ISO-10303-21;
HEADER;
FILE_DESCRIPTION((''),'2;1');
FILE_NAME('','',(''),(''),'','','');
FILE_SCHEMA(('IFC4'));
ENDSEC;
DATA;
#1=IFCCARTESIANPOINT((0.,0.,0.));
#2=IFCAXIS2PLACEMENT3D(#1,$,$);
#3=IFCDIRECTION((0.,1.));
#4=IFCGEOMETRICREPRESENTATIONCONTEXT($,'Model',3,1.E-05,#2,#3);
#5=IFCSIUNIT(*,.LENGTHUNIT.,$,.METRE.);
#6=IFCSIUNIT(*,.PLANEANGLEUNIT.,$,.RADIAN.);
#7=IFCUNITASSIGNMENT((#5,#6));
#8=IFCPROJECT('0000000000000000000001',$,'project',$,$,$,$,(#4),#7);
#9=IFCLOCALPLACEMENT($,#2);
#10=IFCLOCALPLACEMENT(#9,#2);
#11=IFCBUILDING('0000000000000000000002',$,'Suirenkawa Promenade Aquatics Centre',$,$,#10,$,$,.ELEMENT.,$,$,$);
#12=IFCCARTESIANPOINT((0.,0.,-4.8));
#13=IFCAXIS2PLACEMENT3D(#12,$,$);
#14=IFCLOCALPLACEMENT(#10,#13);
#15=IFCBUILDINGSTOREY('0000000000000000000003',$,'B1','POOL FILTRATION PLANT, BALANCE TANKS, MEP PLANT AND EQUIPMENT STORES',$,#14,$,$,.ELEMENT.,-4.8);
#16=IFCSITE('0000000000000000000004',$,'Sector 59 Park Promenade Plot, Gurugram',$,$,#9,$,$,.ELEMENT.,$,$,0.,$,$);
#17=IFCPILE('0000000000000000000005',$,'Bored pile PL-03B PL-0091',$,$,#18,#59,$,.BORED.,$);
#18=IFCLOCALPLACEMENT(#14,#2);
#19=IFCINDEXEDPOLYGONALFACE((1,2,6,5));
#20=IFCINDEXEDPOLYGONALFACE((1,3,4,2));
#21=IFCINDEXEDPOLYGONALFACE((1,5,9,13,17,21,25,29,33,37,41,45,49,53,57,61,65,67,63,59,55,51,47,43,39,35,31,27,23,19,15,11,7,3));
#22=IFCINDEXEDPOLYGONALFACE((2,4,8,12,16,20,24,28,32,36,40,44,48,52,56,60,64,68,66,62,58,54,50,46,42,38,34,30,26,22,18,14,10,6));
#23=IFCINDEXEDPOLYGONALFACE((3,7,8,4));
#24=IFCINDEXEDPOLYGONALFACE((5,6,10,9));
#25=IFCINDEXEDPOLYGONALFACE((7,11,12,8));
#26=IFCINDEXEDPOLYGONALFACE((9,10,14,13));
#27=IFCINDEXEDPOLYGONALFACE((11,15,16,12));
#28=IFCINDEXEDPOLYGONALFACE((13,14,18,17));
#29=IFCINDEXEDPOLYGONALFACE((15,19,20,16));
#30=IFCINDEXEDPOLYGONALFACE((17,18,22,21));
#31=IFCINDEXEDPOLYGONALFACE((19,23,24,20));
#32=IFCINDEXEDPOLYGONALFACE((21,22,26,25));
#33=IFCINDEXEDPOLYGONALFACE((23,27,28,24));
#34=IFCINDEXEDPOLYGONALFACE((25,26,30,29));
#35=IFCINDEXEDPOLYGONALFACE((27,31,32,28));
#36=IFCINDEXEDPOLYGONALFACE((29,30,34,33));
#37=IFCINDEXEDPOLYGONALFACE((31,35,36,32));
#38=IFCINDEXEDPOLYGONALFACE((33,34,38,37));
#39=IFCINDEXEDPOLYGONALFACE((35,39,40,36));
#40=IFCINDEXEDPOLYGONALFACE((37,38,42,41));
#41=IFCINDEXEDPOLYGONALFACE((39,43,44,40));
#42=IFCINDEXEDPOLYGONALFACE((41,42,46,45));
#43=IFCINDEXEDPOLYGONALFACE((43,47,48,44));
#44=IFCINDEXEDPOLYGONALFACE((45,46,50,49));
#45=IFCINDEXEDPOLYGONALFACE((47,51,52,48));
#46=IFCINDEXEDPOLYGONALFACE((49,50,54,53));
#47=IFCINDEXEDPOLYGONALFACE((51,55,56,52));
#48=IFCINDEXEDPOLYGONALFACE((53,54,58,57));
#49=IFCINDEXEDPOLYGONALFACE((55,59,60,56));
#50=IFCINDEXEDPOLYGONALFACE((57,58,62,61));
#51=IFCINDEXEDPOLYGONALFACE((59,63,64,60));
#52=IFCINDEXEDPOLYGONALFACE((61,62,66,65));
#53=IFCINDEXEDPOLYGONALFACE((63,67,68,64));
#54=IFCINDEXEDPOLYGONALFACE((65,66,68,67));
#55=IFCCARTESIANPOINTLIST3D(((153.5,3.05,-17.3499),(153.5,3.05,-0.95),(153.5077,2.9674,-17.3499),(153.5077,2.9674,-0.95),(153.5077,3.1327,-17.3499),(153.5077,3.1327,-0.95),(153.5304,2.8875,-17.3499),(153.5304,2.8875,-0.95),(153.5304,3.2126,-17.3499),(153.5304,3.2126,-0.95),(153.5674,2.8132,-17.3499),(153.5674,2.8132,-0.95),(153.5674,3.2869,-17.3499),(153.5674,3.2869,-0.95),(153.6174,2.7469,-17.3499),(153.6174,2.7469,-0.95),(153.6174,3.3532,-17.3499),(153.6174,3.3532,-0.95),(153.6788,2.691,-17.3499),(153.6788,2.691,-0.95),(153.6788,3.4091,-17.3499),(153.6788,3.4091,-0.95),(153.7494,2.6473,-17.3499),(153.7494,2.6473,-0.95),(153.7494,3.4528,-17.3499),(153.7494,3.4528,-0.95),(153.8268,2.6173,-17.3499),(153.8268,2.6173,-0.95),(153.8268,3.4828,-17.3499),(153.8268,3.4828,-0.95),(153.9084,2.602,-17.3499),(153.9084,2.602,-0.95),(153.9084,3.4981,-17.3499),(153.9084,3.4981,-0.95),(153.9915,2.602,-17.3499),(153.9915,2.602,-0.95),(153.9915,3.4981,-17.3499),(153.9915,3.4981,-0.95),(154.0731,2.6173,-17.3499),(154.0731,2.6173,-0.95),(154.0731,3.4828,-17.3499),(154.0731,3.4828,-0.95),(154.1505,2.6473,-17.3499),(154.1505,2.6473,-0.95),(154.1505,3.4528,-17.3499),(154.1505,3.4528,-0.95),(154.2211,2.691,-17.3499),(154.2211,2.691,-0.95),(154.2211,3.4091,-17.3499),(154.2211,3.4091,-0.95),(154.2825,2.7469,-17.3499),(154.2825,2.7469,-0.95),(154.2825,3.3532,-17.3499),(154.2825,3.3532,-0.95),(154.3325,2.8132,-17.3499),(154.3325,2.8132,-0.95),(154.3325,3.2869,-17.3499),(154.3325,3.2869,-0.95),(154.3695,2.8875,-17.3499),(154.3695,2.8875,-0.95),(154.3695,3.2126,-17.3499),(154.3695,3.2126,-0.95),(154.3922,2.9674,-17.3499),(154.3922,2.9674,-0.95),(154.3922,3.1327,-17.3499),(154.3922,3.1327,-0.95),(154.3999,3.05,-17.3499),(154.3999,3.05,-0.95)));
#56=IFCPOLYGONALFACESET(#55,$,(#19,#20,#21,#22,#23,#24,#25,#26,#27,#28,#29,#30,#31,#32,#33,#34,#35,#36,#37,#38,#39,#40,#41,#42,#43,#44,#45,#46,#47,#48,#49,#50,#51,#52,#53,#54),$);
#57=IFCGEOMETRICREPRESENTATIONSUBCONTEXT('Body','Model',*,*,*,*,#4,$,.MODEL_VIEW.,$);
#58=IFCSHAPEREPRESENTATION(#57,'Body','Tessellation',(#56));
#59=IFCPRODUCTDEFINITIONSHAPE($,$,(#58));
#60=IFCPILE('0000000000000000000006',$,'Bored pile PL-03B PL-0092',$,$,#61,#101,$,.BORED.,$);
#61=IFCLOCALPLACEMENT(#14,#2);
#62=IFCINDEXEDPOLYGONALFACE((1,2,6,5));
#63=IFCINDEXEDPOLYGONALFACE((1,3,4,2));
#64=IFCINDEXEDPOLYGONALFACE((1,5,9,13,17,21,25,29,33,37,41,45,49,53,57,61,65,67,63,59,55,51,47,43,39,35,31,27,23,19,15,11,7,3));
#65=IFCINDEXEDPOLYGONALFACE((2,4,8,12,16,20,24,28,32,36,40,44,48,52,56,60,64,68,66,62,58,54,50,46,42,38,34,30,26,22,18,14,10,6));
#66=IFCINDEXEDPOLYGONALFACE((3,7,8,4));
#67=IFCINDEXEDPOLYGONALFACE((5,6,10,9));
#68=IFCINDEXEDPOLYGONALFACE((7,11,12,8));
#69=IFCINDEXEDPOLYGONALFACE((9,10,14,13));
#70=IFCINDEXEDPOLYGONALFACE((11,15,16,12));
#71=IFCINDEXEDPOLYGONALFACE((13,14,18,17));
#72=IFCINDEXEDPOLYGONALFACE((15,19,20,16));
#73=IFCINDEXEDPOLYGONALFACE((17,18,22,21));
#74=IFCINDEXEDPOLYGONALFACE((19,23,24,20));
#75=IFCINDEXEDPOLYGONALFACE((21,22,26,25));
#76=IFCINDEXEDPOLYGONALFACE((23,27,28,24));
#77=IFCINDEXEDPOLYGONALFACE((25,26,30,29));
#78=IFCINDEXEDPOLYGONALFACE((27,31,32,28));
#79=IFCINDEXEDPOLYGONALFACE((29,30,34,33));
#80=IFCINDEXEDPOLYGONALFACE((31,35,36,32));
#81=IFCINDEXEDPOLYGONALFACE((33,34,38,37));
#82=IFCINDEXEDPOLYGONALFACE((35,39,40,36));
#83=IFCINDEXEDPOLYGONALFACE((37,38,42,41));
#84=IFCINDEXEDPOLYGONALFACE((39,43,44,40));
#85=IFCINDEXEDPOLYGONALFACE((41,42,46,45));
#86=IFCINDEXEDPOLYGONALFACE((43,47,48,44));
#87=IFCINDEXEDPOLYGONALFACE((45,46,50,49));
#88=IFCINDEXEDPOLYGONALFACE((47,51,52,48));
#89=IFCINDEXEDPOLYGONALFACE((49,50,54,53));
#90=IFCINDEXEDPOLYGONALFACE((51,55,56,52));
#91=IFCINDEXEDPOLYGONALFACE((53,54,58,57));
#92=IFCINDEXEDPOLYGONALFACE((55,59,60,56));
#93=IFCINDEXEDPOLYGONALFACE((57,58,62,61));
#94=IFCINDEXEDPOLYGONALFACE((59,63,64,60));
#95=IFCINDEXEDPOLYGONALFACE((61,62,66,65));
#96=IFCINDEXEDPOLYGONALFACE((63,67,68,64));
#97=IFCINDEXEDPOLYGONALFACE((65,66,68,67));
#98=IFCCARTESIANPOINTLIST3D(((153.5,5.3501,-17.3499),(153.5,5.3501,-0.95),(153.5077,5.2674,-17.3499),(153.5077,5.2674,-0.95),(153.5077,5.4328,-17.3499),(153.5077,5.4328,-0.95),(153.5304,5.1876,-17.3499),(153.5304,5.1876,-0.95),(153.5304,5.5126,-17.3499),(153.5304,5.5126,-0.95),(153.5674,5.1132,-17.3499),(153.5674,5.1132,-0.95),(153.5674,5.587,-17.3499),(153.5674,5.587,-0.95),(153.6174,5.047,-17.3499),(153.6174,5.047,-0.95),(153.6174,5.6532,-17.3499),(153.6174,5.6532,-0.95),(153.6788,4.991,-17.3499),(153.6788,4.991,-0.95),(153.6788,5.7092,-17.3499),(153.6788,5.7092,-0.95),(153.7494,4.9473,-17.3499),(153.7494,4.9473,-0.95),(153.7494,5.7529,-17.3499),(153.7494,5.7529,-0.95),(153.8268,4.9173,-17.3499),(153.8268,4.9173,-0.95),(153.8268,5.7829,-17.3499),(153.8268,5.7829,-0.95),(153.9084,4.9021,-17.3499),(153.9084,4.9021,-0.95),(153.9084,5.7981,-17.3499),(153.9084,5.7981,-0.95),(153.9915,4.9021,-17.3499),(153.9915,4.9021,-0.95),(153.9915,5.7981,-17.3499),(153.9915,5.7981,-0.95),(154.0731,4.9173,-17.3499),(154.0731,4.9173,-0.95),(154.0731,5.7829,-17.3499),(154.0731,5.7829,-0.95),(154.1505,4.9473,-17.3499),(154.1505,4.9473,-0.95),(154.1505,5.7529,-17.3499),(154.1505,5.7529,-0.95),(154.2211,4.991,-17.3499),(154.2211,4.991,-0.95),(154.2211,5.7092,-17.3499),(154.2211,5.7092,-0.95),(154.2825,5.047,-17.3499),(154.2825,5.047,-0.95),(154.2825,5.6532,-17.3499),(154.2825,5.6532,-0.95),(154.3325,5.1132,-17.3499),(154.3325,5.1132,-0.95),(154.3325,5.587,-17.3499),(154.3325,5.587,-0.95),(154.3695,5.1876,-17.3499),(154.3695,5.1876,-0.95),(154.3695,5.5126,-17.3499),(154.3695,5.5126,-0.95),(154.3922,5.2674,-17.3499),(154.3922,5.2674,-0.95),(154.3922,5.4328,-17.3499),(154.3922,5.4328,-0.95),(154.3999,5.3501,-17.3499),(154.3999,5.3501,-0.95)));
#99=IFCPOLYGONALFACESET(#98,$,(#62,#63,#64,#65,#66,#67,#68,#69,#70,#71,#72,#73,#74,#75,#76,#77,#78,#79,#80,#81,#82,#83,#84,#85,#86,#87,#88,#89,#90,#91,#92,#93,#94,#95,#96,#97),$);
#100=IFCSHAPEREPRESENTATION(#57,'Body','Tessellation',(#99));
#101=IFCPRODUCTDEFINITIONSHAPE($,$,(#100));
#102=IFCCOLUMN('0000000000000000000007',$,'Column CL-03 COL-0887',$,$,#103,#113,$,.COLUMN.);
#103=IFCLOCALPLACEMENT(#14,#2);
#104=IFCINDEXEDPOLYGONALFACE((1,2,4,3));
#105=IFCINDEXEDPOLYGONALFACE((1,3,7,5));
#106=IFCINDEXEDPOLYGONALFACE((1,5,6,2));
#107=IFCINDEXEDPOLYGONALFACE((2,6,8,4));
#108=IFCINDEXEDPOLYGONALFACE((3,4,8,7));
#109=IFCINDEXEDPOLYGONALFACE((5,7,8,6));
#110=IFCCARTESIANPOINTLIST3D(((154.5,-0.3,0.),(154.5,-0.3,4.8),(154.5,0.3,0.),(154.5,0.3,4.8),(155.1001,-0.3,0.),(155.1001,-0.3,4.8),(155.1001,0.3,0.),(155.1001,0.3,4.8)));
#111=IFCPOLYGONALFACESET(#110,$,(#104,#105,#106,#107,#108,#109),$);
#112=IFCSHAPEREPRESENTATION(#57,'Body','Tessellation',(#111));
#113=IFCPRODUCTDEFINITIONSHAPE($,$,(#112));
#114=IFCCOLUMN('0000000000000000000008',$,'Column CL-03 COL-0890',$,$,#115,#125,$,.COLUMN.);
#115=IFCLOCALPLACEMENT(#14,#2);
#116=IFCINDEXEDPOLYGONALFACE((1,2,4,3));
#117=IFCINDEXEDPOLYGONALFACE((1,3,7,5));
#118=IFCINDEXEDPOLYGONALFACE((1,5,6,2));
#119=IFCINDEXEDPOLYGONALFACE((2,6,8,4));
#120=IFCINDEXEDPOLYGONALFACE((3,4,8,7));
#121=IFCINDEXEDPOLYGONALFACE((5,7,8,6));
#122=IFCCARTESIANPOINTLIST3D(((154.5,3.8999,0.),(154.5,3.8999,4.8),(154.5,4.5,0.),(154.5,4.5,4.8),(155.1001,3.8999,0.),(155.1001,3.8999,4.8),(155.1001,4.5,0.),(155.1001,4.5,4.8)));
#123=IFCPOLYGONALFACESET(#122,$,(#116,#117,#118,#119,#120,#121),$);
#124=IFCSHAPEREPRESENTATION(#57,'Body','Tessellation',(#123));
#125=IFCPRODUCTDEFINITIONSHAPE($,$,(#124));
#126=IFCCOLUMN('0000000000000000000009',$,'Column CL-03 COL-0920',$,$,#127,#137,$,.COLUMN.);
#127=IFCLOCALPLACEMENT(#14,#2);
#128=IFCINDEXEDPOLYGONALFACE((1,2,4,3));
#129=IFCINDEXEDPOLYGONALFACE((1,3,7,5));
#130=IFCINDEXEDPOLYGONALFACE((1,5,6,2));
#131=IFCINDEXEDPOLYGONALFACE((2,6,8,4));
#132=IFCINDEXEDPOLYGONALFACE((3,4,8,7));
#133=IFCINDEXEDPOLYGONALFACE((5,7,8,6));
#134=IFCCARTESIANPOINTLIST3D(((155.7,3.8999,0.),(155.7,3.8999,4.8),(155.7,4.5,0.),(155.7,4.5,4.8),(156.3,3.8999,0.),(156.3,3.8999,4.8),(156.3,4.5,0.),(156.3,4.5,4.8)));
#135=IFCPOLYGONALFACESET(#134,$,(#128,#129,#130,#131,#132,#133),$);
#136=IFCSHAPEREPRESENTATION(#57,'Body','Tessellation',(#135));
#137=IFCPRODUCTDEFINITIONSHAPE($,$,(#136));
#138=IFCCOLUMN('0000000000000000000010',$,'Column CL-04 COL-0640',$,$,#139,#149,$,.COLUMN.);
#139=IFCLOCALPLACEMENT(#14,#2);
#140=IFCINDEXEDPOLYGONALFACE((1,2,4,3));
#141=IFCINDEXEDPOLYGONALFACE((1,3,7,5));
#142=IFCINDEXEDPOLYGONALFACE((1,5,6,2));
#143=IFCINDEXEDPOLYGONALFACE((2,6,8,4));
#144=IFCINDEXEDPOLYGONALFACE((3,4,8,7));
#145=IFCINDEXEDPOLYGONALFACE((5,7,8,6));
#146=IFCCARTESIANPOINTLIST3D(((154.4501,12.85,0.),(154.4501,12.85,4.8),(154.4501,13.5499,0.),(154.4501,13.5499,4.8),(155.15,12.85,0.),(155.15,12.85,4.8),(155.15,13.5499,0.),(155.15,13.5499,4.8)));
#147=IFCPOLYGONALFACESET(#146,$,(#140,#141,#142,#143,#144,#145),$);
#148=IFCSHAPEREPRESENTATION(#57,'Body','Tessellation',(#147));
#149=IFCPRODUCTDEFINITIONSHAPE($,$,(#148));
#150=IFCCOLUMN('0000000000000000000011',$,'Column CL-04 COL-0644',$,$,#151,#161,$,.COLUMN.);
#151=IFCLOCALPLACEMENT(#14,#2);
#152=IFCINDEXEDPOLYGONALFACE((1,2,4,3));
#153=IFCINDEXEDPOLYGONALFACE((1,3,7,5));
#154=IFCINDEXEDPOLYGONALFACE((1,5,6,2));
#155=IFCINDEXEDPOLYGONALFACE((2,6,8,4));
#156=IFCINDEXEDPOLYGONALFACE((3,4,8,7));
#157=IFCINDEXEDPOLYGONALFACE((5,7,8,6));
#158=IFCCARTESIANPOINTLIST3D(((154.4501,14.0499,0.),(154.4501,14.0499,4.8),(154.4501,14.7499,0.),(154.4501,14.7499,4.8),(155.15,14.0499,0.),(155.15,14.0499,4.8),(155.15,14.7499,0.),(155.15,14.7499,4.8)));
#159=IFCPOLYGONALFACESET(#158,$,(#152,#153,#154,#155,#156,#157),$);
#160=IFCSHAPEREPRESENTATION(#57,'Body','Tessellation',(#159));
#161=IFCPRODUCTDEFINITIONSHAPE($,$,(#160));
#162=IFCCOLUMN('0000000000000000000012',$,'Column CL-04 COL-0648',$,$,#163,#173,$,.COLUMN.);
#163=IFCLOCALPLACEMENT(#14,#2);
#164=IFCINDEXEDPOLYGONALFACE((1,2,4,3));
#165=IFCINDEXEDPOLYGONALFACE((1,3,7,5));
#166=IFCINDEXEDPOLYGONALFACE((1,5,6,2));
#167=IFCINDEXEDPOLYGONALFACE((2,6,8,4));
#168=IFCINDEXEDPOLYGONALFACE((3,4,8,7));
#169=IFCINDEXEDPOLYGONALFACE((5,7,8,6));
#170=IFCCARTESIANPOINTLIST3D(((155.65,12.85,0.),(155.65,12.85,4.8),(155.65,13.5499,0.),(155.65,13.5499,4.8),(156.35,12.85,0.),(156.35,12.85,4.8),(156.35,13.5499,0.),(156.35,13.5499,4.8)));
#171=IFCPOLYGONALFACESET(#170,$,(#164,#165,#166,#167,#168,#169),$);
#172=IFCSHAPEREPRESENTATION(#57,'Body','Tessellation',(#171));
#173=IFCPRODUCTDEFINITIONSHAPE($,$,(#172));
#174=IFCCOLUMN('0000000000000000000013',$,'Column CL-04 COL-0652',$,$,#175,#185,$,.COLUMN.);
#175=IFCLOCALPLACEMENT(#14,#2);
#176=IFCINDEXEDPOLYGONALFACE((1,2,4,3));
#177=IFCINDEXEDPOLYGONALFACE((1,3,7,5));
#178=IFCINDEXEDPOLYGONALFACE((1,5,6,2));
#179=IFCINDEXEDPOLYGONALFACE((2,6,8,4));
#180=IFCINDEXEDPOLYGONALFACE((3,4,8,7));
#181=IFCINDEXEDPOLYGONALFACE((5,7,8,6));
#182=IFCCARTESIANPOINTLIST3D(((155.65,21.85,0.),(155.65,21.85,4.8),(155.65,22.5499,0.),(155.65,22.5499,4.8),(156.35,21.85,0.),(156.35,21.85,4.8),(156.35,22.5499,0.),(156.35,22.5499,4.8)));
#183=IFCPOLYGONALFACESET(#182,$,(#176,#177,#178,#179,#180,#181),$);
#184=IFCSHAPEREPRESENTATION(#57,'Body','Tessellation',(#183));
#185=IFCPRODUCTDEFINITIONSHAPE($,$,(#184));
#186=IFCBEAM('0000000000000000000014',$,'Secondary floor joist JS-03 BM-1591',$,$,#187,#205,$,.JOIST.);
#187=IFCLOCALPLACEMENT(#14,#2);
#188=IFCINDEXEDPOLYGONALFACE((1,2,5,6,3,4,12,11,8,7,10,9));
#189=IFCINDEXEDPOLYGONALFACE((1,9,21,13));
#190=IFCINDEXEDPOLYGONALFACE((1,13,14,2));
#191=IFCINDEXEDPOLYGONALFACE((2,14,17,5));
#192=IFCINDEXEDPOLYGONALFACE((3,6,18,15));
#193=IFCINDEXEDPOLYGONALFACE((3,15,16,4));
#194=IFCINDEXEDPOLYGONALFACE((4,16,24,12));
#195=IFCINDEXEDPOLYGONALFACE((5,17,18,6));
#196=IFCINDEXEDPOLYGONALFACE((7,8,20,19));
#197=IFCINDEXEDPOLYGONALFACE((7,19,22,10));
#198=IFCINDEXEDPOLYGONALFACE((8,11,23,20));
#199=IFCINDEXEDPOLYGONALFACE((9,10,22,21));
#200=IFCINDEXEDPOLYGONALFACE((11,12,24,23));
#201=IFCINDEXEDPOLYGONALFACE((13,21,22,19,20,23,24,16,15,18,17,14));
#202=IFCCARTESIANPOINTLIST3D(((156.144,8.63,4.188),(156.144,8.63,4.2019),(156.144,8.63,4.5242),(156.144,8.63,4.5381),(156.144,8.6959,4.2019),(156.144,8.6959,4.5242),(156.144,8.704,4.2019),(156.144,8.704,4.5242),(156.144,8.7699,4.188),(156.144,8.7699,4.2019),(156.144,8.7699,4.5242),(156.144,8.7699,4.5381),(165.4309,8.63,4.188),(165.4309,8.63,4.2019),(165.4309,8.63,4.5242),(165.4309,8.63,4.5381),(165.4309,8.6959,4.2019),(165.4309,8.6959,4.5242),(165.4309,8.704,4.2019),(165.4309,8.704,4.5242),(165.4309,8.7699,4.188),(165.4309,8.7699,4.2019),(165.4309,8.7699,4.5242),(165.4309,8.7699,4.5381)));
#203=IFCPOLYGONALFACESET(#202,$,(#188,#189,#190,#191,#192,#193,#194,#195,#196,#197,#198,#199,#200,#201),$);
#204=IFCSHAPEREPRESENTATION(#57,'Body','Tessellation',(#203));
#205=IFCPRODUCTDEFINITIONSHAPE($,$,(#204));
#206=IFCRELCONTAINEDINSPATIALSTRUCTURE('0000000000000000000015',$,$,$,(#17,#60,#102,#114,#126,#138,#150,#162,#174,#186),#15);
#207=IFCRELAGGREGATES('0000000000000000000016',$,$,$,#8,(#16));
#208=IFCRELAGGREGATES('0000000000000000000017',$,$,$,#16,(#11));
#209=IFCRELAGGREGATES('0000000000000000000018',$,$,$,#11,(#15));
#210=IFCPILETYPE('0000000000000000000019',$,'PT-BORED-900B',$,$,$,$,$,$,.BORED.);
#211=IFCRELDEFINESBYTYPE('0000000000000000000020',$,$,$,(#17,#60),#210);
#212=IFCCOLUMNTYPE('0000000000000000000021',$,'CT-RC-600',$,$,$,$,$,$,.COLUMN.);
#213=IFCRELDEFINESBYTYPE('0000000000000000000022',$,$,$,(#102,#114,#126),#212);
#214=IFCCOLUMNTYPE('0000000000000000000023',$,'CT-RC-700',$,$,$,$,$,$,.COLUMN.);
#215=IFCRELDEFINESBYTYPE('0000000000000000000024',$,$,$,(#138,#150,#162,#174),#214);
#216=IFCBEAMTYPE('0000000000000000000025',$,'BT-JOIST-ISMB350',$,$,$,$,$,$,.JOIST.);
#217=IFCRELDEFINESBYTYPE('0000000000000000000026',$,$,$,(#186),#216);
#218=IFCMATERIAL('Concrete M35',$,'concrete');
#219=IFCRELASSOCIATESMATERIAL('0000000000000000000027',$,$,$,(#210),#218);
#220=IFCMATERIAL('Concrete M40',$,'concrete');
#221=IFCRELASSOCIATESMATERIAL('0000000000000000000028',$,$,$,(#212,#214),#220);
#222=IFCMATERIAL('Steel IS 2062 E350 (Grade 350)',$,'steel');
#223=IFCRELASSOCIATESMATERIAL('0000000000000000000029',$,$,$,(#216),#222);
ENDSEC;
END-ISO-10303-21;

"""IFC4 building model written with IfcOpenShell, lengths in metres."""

from ifc_helpers import new_model, si_unit, direction, frame, origin, origin_2d, place, context, subcontext, project, spatial, rectangle, circle, i_section, extrude, material, material_profile, profile_set, type_object, element, save


model = new_model("IFC4")

# Units and contexts
model_context = context("Model", 3, precision=1e-05, world=origin(), true_north=direction((0.0, 1.0)))
body_context = subcontext(model_context, "Body", "Model", "MODEL_VIEW")
ifc_project = project(units=[si_unit("LENGTHUNIT", "METRE"), si_unit("PLANEANGLEUNIT", "RADIAN")], contexts=[model_context])

# Site, building, storey
site_placement = place(None, origin())
site = spatial("IfcSite", under=ifc_project, at=site_placement, Name="Sector 59 Park Promenade Plot, Gurugram", CompositionType="ELEMENT", RefElevation=0.0)
building_placement = place(site_placement, origin())
building = spatial("IfcBuilding", under=site, at=building_placement, Name="Suirenkawa Promenade Aquatics Centre", CompositionType="ELEMENT")
storey_placement = place(building_placement, frame((0.0, 0.0, -4.8)))
storey = spatial("IfcBuildingStorey", under=building, at=storey_placement, Name="B1", Description="POOL FILTRATION PLANT, BALANCE TANKS, MEP PLANT AND EQUIPMENT STORES", CompositionType="ELEMENT", Elevation=-4.8)

# Shared definitions
ifc_material_1 = material(Name="Concrete M35", Category="concrete")

# Piles
ifc_material_profile_1 = material_profile(ifc_material_1, circle(Radius=0.45, at=origin_2d()), Name="PILE D900", Category="concrete")
ifc_profile_set_1 = profile_set([ifc_material_profile_1], Name="Concrete M35")
pile_type_1 = type_object("IfcPileType", Name="PT-BORED-900B", PredefinedType="BORED", material=ifc_profile_set_1)
for number, where, z_axis, x_axis, name in (
    (1, (153.95, 3.05, -0.95), (0.0, 0.0, -1.0), (1.0, 0.0, 0.0), "Bored pile PL-03B PL-0091"),
    (2, (153.95, 5.3501, -0.95), (0.0, 0.0, -1.0), (1.0, 0.0, 0.0), "Bored pile PL-03B PL-0092"),
):
    element("IfcPile", number, at=place(storey_placement, frame(where, z_axis=z_axis, x_axis=x_axis)), inside=storey, type_object=pile_type_1, Name=name, PredefinedType="BORED", context=body_context, shape_type="SweptSolid", body=[
        extrude(circle(Radius=0.45, at=origin_2d()), origin(), (0.0, 0.0, 1.0), 16.3999),
    ])

# Columns
ifc_material_2 = material(Name="Concrete M40", Category="concrete")
ifc_material_profile_2 = material_profile(ifc_material_2, rectangle(XDim=0.6001, YDim=0.6001, at=origin_2d()), Name="RC COL 600x600", Category="concrete")
ifc_profile_set_2 = profile_set([ifc_material_profile_2], Name="Concrete M40")
column_type_1 = type_object("IfcColumnType", Name="CT-RC-600", PredefinedType="COLUMN", material=ifc_profile_set_2)
for number, where, z_axis, x_axis, name in (
    (3, (154.8, 0.0, 0.0), (0.0, 0.0, 1.0), (1.0, 0.0, 0.0), "Column CL-03 COL-0887"),
    (4, (154.8, 4.2, 0.0), (0.0, 0.0, 1.0), (1.0, 0.0, 0.0), "Column CL-03 COL-0890"),
    (5, (156.0, 4.2, 0.0), (0.0, 0.0, 1.0), (1.0, 0.0, 0.0), "Column CL-03 COL-0920"),
):
    element("IfcColumn", number, at=place(storey_placement, frame(where, z_axis=z_axis, x_axis=x_axis)), inside=storey, type_object=column_type_1, Name=name, PredefinedType="COLUMN", context=body_context, shape_type="SweptSolid", body=[
        extrude(rectangle(XDim=0.6001, YDim=0.6001, at=origin_2d()), origin(), (0.0, 0.0, 1.0), 4.8),
    ])
ifc_material_profile_3 = material_profile(ifc_material_2, rectangle(XDim=0.7, YDim=0.7, at=origin_2d()), Name="RC COL 700x700", Category="concrete")
ifc_profile_set_3 = profile_set([ifc_material_profile_3], Name="Concrete M40")
column_type_2 = type_object("IfcColumnType", Name="CT-RC-700", PredefinedType="COLUMN", material=ifc_profile_set_3)
for number, where, z_axis, x_axis, name in (
    (6, (154.8, 13.2, 0.0), (0.0, 0.0, 1.0), (1.0, 0.0, 0.0), "Column CL-04 COL-0640"),
    (7, (154.8, 14.3999, 0.0), (0.0, 0.0, 1.0), (1.0, 0.0, 0.0), "Column CL-04 COL-0644"),
    (8, (156.0, 13.2, 0.0), (0.0, 0.0, 1.0), (1.0, 0.0, 0.0), "Column CL-04 COL-0648"),
    (9, (156.0, 22.2, 0.0), (0.0, 0.0, 1.0), (1.0, 0.0, 0.0), "Column CL-04 COL-0652"),
):
    element("IfcColumn", number, at=place(storey_placement, frame(where, z_axis=z_axis, x_axis=x_axis)), inside=storey, type_object=column_type_2, Name=name, PredefinedType="COLUMN", context=body_context, shape_type="SweptSolid", body=[
        extrude(rectangle(XDim=0.7, YDim=0.7, at=origin_2d()), origin(), (0.0, 0.0, 1.0), 4.8),
    ])

# Beam
ifc_material_3 = material(Name="Steel IS 2062 E350 (Grade 350)", Category="steel")
ifc_material_profile_4 = material_profile(ifc_material_3, i_section(OverallWidth=0.1399, OverallDepth=0.3501, WebThickness=0.0081, FlangeThickness=0.0139, at=origin_2d()), Name="ISMB 350", Category="steel")
ifc_profile_set_4 = profile_set([ifc_material_profile_4], Name="Steel IS 2062 E350 (Grade 350)")
beam_type_1 = type_object("IfcBeamType", Name="BT-JOIST-ISMB350", PredefinedType="JOIST", material=ifc_profile_set_4)
for number, where, z_axis, x_axis, name in (
    (10, (156.144, 8.7, 4.363), (1.0, 0.0, 0.0), (0.0, 1.0, 0.0), "Secondary floor joist JS-03 BM-1591"),
):
    element("IfcBeam", number, at=place(storey_placement, frame(where, z_axis=z_axis, x_axis=x_axis)), inside=storey, type_object=beam_type_1, Name=name, PredefinedType="JOIST", context=body_context, shape_type="SweptSolid", body=[
        extrude(i_section(OverallWidth=0.1399, OverallDepth=0.3501, WebThickness=0.0081, FlangeThickness=0.0139, at=origin_2d()), origin(), (0.0, 0.0, 1.0), 9.2869),
    ])

save(model, "model.ifc")
